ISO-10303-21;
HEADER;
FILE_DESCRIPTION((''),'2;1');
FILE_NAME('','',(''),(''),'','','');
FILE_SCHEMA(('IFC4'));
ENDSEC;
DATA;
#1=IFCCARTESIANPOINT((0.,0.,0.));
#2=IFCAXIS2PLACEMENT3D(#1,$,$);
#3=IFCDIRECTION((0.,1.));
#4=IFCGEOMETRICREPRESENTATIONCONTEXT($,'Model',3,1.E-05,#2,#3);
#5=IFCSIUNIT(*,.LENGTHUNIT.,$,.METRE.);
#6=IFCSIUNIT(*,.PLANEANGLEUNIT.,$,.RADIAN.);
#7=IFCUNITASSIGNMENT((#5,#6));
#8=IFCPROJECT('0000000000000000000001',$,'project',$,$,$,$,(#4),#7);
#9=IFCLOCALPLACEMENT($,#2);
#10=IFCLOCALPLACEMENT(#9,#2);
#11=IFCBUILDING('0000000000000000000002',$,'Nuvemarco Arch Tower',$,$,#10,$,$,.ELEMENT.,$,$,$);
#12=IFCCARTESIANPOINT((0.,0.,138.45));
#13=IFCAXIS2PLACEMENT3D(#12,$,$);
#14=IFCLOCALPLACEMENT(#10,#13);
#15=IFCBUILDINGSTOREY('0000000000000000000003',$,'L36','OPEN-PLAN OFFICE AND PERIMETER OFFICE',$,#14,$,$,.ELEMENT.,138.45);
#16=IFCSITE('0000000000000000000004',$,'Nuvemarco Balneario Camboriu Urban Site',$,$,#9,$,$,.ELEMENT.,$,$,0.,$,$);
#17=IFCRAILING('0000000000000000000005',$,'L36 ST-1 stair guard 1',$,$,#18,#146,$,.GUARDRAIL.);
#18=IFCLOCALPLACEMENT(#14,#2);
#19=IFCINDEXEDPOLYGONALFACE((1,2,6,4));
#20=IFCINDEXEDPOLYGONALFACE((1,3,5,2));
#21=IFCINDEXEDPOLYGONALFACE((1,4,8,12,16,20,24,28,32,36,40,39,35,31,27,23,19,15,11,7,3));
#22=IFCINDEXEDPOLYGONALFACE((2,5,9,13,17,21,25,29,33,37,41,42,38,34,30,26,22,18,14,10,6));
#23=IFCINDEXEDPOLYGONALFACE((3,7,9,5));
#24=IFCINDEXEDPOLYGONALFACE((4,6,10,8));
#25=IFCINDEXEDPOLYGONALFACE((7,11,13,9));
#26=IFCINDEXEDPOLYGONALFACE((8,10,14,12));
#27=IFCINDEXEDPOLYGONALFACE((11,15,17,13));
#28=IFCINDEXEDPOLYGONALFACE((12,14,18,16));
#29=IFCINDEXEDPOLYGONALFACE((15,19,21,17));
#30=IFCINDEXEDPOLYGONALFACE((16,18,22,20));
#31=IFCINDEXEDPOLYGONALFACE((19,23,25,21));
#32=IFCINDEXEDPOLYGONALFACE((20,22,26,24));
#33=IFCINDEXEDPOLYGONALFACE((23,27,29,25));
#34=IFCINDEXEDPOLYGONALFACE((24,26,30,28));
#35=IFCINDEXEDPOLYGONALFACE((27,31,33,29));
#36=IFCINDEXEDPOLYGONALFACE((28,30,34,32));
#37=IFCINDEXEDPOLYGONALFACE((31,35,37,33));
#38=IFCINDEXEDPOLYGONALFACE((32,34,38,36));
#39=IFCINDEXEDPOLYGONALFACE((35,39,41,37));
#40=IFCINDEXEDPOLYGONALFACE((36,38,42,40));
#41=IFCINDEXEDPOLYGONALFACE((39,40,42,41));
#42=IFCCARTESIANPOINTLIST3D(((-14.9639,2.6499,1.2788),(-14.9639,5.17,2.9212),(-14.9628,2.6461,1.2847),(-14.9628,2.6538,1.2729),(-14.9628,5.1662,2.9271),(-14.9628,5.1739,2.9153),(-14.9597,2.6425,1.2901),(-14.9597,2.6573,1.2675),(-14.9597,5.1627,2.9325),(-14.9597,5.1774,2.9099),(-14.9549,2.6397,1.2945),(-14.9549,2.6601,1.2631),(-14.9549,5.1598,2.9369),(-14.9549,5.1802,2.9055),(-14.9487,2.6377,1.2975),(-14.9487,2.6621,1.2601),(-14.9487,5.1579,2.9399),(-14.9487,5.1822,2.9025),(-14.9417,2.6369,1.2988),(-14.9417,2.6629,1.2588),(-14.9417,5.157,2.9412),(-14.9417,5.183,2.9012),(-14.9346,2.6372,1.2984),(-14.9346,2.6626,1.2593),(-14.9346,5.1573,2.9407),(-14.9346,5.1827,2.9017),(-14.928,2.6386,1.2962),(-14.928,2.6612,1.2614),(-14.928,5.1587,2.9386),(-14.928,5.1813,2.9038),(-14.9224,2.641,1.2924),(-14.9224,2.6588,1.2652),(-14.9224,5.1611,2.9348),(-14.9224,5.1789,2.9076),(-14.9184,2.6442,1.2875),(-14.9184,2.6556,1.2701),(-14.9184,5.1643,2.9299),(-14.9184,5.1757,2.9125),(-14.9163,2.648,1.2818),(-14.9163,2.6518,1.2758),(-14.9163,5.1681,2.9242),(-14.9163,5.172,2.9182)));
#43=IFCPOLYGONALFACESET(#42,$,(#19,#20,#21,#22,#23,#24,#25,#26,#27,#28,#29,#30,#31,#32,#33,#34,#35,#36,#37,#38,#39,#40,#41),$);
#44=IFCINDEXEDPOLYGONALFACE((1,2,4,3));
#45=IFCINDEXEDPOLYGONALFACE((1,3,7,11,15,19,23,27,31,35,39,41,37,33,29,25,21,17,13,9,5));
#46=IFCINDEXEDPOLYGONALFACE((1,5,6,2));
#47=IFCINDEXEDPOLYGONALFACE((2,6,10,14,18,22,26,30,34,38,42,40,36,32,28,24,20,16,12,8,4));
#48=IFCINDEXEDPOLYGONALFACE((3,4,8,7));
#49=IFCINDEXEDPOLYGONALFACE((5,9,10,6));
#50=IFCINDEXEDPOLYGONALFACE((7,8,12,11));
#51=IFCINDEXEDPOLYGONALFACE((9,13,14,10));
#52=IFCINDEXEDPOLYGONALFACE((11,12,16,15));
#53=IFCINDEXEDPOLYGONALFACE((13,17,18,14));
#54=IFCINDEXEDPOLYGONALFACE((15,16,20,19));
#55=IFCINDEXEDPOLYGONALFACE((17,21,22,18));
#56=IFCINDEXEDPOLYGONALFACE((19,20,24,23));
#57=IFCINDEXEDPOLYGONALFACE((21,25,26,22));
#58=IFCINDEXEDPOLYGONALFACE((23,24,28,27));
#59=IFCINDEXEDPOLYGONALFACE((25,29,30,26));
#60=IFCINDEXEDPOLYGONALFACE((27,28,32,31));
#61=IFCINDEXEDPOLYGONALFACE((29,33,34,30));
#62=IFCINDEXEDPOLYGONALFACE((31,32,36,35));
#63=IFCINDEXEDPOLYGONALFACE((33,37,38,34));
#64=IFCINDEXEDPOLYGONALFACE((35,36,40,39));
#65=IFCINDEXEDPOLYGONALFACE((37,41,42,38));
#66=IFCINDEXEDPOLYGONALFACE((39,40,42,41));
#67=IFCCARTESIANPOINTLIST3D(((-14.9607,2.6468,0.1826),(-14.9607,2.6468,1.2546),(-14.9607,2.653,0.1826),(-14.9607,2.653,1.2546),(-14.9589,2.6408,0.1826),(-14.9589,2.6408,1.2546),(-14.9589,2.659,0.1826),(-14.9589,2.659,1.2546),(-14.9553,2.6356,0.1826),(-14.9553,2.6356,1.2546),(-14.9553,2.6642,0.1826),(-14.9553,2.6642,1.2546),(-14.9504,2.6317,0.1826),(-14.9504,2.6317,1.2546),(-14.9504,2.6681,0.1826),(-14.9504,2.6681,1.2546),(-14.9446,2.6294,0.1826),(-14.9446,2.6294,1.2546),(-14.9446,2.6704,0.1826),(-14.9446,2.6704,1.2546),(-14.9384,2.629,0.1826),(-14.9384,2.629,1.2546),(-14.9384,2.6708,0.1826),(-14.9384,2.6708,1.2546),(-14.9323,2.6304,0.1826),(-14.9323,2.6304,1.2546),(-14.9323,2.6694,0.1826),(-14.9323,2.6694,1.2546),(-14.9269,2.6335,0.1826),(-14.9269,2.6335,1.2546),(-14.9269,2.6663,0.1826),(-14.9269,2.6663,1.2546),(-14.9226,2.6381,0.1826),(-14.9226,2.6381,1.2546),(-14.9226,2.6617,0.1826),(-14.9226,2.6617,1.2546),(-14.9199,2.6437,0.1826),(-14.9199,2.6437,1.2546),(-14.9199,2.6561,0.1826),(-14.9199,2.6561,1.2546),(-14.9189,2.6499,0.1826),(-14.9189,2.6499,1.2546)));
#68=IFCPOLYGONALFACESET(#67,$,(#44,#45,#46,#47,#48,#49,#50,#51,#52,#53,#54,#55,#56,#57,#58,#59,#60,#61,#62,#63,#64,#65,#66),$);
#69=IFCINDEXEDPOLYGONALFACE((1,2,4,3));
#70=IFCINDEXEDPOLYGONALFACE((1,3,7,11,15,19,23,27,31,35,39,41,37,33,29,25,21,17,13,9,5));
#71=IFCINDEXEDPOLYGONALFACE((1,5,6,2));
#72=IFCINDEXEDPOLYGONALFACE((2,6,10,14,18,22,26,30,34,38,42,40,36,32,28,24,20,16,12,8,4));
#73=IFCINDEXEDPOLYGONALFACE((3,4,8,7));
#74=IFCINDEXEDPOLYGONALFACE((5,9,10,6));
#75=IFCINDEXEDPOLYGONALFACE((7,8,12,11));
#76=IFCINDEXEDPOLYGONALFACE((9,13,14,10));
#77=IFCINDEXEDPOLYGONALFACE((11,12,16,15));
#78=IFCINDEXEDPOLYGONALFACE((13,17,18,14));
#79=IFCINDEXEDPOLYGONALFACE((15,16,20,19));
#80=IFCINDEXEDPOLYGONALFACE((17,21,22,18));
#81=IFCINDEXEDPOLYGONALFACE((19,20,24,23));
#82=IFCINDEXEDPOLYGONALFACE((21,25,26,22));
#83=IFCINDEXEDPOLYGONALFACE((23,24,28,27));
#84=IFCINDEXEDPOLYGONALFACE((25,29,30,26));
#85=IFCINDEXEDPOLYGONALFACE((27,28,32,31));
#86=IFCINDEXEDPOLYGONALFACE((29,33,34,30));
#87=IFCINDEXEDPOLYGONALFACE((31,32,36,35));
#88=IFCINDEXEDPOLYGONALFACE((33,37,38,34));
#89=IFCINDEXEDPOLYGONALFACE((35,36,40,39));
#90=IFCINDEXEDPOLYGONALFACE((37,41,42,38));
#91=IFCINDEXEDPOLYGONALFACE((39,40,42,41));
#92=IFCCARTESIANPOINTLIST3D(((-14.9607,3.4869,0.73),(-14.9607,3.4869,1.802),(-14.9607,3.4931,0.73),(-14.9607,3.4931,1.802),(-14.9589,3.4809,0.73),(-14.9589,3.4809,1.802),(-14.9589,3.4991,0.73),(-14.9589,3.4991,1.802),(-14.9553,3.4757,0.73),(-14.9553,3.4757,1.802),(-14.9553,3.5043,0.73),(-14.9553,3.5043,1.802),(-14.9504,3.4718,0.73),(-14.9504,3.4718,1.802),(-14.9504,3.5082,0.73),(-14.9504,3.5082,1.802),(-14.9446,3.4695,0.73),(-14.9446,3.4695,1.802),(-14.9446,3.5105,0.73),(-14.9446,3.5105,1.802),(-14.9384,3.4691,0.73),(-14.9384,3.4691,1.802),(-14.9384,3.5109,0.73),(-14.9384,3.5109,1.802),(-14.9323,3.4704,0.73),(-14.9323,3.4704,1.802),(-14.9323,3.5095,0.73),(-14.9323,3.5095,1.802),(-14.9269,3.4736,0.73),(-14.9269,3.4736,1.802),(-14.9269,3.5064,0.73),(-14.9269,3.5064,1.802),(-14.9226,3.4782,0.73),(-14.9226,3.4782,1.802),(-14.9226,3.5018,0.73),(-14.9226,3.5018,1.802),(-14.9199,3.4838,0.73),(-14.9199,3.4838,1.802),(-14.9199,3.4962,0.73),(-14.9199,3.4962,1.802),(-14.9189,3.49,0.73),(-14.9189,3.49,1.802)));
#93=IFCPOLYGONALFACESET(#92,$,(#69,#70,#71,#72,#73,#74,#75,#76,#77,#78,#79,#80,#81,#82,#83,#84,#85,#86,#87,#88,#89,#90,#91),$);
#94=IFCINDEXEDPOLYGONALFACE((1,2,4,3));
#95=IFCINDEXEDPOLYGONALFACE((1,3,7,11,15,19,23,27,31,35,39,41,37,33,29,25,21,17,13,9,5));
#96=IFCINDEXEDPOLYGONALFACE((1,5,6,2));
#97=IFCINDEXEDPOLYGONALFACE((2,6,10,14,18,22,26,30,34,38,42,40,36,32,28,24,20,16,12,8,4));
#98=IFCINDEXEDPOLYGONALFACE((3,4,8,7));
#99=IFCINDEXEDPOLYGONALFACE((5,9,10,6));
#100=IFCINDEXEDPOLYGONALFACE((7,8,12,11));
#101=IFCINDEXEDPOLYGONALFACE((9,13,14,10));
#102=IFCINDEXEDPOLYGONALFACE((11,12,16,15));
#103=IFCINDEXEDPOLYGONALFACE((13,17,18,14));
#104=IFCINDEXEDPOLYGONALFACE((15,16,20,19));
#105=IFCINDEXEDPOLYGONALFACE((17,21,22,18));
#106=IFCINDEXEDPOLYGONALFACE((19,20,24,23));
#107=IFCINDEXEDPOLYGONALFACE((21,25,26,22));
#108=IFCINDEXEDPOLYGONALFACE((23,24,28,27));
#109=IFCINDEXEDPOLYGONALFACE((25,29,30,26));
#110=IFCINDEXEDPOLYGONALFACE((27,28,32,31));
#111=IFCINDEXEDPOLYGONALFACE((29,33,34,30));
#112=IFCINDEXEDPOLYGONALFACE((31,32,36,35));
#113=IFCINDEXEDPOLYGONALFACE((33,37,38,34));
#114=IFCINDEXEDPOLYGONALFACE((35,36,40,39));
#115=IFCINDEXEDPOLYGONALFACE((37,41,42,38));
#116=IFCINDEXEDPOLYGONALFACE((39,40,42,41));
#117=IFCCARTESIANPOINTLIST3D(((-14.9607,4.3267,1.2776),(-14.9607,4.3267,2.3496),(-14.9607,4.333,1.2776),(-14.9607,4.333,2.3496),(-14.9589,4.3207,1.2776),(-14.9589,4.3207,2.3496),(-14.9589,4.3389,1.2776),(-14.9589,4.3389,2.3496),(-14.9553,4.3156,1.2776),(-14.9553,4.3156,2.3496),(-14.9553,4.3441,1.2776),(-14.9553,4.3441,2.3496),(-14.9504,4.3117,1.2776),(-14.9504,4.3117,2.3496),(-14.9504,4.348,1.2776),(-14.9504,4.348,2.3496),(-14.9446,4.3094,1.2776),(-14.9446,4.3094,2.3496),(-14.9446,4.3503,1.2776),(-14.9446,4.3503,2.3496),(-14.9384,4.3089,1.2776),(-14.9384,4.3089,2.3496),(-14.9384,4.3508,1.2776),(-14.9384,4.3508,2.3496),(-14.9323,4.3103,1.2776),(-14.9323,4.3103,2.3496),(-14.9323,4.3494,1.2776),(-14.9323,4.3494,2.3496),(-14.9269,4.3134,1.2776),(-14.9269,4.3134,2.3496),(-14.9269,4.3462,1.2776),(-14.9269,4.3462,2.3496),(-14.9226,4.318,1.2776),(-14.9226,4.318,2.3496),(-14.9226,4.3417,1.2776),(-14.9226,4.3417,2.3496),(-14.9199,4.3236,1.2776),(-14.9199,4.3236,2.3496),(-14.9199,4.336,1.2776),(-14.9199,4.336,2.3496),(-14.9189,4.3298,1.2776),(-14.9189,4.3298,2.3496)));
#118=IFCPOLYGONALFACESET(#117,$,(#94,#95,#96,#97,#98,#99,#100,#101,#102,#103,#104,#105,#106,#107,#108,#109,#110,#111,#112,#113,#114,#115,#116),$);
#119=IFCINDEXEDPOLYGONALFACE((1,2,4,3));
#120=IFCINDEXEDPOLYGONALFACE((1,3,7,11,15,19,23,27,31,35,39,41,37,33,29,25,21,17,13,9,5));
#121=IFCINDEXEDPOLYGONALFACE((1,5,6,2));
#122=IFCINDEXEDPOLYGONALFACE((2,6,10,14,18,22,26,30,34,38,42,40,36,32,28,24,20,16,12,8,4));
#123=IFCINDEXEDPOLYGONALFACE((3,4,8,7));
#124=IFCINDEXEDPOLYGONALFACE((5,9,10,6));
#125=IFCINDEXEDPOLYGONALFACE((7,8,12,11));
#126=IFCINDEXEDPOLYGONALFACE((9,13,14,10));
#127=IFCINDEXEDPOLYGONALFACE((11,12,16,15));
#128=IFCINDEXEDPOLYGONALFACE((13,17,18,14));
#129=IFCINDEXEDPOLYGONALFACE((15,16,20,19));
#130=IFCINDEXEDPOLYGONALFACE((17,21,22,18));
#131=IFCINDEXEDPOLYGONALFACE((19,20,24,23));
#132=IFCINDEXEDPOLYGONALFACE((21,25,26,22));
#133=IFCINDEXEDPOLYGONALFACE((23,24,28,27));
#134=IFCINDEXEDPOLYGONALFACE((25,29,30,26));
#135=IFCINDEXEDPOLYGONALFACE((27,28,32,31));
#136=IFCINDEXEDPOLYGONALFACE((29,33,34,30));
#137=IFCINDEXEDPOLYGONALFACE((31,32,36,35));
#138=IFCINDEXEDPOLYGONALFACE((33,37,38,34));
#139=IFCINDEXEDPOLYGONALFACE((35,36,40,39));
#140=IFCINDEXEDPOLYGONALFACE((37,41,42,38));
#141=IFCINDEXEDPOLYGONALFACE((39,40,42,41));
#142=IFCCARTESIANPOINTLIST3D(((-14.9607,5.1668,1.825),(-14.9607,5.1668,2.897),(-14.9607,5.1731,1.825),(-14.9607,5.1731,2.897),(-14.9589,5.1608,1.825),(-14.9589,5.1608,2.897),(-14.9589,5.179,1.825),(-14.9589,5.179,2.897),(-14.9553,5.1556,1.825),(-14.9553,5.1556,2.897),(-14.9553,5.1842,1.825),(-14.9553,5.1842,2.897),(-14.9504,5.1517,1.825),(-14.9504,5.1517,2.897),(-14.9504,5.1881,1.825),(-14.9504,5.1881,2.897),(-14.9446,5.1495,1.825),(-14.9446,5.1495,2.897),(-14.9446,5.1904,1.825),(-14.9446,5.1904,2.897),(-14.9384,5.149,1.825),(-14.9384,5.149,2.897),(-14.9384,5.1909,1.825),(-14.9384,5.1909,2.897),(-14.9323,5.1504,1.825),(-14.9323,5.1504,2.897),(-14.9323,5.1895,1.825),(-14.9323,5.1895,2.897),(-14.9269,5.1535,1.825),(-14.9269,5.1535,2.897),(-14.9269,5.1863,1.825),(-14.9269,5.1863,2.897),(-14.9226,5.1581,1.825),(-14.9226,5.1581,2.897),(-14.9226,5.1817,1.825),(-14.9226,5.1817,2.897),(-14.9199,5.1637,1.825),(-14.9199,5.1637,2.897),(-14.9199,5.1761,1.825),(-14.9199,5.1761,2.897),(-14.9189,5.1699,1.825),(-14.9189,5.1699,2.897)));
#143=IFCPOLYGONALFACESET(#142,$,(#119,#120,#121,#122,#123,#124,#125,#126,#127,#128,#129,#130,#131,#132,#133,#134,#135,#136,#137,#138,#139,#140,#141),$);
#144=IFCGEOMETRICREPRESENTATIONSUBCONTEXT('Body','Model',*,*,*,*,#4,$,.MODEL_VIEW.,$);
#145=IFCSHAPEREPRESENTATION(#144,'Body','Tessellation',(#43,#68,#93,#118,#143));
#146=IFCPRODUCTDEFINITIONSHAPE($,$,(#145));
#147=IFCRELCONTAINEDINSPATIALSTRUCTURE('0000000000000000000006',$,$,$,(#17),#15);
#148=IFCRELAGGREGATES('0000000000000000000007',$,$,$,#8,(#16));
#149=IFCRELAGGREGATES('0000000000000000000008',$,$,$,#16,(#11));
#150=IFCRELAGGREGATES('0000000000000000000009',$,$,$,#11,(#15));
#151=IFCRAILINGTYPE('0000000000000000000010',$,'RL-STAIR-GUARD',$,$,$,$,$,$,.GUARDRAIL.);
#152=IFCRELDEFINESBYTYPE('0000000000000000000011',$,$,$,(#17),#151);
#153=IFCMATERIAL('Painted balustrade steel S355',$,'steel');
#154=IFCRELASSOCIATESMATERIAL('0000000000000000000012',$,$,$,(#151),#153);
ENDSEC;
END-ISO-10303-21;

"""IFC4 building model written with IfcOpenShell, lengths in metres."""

from ifc_helpers import new_model, si_unit, direction, frame, origin, origin_2d, place, context, subcontext, project, spatial, circle, extrude, material, type_object, element, save


model = new_model("IFC4")

# Units and contexts
model_context = context("Model", 3, precision=1e-05, world=origin(), true_north=direction((0.0, 1.0)))
body_context = subcontext(model_context, "Body", "Model", "MODEL_VIEW")
ifc_project = project(units=[si_unit("LENGTHUNIT", "METRE"), si_unit("PLANEANGLEUNIT", "RADIAN")], contexts=[model_context])

# Site, building, storey
site_placement = place(None, origin())
site = spatial("IfcSite", under=ifc_project, at=site_placement, Name="Nuvemarco Balneario Camboriu Urban Site", CompositionType="ELEMENT", RefElevation=0.0)
building_placement = place(site_placement, origin())
building = spatial("IfcBuilding", under=site, at=building_placement, Name="Nuvemarco Arch Tower", CompositionType="ELEMENT")
storey_placement = place(building_placement, frame((0.0, 0.0, 138.45)))
storey = spatial("IfcBuildingStorey", under=building, at=storey_placement, Name="L36", Description="OPEN-PLAN OFFICE AND PERIMETER OFFICE", CompositionType="ELEMENT", Elevation=138.45)

# Railing
ifc_material_1 = material(Name="Painted balustrade steel S355", Category="steel")
railing_type_1 = type_object("IfcRailingType", Name="RL-STAIR-GUARD", PredefinedType="GUARDRAIL", material=ifc_material_1)
railing_1_placement = place(storey_placement, frame((-14.9399, 2.6499, 0.1826)))
element("IfcRailing", 1, at=railing_1_placement, inside=storey, type_object=railing_type_1, Name="L36 ST-1 stair guard 1", PredefinedType="GUARDRAIL", context=body_context, shape_type="SweptSolid", body=[
    extrude(circle(Radius=0.0239, at=origin_2d()), frame((0.0, 0.0, 1.0962), z_axis=(0.0, 0.837787, 0.545998), x_axis=(-1.0, 0.0, 0.0)), (0.0, 0.0, 1.0), 3.0081),
    extrude(circle(Radius=0.021, at=origin_2d()), origin(), (0.0, 0.0, 1.0), 1.072),
    extrude(circle(Radius=0.021, at=origin_2d()), frame((0.0, 0.8401, 0.5474)), (0.0, 0.0, 1.0), 1.072),
    extrude(circle(Radius=0.021, at=origin_2d()), frame((0.0, 1.6799, 1.095)), (0.0, 0.0, 1.0), 1.072),
    extrude(circle(Radius=0.021, at=origin_2d()), frame((0.0, 2.52, 1.6423)), (0.0, 0.0, 1.0), 1.072),
])

save(model, "model.ifc")
